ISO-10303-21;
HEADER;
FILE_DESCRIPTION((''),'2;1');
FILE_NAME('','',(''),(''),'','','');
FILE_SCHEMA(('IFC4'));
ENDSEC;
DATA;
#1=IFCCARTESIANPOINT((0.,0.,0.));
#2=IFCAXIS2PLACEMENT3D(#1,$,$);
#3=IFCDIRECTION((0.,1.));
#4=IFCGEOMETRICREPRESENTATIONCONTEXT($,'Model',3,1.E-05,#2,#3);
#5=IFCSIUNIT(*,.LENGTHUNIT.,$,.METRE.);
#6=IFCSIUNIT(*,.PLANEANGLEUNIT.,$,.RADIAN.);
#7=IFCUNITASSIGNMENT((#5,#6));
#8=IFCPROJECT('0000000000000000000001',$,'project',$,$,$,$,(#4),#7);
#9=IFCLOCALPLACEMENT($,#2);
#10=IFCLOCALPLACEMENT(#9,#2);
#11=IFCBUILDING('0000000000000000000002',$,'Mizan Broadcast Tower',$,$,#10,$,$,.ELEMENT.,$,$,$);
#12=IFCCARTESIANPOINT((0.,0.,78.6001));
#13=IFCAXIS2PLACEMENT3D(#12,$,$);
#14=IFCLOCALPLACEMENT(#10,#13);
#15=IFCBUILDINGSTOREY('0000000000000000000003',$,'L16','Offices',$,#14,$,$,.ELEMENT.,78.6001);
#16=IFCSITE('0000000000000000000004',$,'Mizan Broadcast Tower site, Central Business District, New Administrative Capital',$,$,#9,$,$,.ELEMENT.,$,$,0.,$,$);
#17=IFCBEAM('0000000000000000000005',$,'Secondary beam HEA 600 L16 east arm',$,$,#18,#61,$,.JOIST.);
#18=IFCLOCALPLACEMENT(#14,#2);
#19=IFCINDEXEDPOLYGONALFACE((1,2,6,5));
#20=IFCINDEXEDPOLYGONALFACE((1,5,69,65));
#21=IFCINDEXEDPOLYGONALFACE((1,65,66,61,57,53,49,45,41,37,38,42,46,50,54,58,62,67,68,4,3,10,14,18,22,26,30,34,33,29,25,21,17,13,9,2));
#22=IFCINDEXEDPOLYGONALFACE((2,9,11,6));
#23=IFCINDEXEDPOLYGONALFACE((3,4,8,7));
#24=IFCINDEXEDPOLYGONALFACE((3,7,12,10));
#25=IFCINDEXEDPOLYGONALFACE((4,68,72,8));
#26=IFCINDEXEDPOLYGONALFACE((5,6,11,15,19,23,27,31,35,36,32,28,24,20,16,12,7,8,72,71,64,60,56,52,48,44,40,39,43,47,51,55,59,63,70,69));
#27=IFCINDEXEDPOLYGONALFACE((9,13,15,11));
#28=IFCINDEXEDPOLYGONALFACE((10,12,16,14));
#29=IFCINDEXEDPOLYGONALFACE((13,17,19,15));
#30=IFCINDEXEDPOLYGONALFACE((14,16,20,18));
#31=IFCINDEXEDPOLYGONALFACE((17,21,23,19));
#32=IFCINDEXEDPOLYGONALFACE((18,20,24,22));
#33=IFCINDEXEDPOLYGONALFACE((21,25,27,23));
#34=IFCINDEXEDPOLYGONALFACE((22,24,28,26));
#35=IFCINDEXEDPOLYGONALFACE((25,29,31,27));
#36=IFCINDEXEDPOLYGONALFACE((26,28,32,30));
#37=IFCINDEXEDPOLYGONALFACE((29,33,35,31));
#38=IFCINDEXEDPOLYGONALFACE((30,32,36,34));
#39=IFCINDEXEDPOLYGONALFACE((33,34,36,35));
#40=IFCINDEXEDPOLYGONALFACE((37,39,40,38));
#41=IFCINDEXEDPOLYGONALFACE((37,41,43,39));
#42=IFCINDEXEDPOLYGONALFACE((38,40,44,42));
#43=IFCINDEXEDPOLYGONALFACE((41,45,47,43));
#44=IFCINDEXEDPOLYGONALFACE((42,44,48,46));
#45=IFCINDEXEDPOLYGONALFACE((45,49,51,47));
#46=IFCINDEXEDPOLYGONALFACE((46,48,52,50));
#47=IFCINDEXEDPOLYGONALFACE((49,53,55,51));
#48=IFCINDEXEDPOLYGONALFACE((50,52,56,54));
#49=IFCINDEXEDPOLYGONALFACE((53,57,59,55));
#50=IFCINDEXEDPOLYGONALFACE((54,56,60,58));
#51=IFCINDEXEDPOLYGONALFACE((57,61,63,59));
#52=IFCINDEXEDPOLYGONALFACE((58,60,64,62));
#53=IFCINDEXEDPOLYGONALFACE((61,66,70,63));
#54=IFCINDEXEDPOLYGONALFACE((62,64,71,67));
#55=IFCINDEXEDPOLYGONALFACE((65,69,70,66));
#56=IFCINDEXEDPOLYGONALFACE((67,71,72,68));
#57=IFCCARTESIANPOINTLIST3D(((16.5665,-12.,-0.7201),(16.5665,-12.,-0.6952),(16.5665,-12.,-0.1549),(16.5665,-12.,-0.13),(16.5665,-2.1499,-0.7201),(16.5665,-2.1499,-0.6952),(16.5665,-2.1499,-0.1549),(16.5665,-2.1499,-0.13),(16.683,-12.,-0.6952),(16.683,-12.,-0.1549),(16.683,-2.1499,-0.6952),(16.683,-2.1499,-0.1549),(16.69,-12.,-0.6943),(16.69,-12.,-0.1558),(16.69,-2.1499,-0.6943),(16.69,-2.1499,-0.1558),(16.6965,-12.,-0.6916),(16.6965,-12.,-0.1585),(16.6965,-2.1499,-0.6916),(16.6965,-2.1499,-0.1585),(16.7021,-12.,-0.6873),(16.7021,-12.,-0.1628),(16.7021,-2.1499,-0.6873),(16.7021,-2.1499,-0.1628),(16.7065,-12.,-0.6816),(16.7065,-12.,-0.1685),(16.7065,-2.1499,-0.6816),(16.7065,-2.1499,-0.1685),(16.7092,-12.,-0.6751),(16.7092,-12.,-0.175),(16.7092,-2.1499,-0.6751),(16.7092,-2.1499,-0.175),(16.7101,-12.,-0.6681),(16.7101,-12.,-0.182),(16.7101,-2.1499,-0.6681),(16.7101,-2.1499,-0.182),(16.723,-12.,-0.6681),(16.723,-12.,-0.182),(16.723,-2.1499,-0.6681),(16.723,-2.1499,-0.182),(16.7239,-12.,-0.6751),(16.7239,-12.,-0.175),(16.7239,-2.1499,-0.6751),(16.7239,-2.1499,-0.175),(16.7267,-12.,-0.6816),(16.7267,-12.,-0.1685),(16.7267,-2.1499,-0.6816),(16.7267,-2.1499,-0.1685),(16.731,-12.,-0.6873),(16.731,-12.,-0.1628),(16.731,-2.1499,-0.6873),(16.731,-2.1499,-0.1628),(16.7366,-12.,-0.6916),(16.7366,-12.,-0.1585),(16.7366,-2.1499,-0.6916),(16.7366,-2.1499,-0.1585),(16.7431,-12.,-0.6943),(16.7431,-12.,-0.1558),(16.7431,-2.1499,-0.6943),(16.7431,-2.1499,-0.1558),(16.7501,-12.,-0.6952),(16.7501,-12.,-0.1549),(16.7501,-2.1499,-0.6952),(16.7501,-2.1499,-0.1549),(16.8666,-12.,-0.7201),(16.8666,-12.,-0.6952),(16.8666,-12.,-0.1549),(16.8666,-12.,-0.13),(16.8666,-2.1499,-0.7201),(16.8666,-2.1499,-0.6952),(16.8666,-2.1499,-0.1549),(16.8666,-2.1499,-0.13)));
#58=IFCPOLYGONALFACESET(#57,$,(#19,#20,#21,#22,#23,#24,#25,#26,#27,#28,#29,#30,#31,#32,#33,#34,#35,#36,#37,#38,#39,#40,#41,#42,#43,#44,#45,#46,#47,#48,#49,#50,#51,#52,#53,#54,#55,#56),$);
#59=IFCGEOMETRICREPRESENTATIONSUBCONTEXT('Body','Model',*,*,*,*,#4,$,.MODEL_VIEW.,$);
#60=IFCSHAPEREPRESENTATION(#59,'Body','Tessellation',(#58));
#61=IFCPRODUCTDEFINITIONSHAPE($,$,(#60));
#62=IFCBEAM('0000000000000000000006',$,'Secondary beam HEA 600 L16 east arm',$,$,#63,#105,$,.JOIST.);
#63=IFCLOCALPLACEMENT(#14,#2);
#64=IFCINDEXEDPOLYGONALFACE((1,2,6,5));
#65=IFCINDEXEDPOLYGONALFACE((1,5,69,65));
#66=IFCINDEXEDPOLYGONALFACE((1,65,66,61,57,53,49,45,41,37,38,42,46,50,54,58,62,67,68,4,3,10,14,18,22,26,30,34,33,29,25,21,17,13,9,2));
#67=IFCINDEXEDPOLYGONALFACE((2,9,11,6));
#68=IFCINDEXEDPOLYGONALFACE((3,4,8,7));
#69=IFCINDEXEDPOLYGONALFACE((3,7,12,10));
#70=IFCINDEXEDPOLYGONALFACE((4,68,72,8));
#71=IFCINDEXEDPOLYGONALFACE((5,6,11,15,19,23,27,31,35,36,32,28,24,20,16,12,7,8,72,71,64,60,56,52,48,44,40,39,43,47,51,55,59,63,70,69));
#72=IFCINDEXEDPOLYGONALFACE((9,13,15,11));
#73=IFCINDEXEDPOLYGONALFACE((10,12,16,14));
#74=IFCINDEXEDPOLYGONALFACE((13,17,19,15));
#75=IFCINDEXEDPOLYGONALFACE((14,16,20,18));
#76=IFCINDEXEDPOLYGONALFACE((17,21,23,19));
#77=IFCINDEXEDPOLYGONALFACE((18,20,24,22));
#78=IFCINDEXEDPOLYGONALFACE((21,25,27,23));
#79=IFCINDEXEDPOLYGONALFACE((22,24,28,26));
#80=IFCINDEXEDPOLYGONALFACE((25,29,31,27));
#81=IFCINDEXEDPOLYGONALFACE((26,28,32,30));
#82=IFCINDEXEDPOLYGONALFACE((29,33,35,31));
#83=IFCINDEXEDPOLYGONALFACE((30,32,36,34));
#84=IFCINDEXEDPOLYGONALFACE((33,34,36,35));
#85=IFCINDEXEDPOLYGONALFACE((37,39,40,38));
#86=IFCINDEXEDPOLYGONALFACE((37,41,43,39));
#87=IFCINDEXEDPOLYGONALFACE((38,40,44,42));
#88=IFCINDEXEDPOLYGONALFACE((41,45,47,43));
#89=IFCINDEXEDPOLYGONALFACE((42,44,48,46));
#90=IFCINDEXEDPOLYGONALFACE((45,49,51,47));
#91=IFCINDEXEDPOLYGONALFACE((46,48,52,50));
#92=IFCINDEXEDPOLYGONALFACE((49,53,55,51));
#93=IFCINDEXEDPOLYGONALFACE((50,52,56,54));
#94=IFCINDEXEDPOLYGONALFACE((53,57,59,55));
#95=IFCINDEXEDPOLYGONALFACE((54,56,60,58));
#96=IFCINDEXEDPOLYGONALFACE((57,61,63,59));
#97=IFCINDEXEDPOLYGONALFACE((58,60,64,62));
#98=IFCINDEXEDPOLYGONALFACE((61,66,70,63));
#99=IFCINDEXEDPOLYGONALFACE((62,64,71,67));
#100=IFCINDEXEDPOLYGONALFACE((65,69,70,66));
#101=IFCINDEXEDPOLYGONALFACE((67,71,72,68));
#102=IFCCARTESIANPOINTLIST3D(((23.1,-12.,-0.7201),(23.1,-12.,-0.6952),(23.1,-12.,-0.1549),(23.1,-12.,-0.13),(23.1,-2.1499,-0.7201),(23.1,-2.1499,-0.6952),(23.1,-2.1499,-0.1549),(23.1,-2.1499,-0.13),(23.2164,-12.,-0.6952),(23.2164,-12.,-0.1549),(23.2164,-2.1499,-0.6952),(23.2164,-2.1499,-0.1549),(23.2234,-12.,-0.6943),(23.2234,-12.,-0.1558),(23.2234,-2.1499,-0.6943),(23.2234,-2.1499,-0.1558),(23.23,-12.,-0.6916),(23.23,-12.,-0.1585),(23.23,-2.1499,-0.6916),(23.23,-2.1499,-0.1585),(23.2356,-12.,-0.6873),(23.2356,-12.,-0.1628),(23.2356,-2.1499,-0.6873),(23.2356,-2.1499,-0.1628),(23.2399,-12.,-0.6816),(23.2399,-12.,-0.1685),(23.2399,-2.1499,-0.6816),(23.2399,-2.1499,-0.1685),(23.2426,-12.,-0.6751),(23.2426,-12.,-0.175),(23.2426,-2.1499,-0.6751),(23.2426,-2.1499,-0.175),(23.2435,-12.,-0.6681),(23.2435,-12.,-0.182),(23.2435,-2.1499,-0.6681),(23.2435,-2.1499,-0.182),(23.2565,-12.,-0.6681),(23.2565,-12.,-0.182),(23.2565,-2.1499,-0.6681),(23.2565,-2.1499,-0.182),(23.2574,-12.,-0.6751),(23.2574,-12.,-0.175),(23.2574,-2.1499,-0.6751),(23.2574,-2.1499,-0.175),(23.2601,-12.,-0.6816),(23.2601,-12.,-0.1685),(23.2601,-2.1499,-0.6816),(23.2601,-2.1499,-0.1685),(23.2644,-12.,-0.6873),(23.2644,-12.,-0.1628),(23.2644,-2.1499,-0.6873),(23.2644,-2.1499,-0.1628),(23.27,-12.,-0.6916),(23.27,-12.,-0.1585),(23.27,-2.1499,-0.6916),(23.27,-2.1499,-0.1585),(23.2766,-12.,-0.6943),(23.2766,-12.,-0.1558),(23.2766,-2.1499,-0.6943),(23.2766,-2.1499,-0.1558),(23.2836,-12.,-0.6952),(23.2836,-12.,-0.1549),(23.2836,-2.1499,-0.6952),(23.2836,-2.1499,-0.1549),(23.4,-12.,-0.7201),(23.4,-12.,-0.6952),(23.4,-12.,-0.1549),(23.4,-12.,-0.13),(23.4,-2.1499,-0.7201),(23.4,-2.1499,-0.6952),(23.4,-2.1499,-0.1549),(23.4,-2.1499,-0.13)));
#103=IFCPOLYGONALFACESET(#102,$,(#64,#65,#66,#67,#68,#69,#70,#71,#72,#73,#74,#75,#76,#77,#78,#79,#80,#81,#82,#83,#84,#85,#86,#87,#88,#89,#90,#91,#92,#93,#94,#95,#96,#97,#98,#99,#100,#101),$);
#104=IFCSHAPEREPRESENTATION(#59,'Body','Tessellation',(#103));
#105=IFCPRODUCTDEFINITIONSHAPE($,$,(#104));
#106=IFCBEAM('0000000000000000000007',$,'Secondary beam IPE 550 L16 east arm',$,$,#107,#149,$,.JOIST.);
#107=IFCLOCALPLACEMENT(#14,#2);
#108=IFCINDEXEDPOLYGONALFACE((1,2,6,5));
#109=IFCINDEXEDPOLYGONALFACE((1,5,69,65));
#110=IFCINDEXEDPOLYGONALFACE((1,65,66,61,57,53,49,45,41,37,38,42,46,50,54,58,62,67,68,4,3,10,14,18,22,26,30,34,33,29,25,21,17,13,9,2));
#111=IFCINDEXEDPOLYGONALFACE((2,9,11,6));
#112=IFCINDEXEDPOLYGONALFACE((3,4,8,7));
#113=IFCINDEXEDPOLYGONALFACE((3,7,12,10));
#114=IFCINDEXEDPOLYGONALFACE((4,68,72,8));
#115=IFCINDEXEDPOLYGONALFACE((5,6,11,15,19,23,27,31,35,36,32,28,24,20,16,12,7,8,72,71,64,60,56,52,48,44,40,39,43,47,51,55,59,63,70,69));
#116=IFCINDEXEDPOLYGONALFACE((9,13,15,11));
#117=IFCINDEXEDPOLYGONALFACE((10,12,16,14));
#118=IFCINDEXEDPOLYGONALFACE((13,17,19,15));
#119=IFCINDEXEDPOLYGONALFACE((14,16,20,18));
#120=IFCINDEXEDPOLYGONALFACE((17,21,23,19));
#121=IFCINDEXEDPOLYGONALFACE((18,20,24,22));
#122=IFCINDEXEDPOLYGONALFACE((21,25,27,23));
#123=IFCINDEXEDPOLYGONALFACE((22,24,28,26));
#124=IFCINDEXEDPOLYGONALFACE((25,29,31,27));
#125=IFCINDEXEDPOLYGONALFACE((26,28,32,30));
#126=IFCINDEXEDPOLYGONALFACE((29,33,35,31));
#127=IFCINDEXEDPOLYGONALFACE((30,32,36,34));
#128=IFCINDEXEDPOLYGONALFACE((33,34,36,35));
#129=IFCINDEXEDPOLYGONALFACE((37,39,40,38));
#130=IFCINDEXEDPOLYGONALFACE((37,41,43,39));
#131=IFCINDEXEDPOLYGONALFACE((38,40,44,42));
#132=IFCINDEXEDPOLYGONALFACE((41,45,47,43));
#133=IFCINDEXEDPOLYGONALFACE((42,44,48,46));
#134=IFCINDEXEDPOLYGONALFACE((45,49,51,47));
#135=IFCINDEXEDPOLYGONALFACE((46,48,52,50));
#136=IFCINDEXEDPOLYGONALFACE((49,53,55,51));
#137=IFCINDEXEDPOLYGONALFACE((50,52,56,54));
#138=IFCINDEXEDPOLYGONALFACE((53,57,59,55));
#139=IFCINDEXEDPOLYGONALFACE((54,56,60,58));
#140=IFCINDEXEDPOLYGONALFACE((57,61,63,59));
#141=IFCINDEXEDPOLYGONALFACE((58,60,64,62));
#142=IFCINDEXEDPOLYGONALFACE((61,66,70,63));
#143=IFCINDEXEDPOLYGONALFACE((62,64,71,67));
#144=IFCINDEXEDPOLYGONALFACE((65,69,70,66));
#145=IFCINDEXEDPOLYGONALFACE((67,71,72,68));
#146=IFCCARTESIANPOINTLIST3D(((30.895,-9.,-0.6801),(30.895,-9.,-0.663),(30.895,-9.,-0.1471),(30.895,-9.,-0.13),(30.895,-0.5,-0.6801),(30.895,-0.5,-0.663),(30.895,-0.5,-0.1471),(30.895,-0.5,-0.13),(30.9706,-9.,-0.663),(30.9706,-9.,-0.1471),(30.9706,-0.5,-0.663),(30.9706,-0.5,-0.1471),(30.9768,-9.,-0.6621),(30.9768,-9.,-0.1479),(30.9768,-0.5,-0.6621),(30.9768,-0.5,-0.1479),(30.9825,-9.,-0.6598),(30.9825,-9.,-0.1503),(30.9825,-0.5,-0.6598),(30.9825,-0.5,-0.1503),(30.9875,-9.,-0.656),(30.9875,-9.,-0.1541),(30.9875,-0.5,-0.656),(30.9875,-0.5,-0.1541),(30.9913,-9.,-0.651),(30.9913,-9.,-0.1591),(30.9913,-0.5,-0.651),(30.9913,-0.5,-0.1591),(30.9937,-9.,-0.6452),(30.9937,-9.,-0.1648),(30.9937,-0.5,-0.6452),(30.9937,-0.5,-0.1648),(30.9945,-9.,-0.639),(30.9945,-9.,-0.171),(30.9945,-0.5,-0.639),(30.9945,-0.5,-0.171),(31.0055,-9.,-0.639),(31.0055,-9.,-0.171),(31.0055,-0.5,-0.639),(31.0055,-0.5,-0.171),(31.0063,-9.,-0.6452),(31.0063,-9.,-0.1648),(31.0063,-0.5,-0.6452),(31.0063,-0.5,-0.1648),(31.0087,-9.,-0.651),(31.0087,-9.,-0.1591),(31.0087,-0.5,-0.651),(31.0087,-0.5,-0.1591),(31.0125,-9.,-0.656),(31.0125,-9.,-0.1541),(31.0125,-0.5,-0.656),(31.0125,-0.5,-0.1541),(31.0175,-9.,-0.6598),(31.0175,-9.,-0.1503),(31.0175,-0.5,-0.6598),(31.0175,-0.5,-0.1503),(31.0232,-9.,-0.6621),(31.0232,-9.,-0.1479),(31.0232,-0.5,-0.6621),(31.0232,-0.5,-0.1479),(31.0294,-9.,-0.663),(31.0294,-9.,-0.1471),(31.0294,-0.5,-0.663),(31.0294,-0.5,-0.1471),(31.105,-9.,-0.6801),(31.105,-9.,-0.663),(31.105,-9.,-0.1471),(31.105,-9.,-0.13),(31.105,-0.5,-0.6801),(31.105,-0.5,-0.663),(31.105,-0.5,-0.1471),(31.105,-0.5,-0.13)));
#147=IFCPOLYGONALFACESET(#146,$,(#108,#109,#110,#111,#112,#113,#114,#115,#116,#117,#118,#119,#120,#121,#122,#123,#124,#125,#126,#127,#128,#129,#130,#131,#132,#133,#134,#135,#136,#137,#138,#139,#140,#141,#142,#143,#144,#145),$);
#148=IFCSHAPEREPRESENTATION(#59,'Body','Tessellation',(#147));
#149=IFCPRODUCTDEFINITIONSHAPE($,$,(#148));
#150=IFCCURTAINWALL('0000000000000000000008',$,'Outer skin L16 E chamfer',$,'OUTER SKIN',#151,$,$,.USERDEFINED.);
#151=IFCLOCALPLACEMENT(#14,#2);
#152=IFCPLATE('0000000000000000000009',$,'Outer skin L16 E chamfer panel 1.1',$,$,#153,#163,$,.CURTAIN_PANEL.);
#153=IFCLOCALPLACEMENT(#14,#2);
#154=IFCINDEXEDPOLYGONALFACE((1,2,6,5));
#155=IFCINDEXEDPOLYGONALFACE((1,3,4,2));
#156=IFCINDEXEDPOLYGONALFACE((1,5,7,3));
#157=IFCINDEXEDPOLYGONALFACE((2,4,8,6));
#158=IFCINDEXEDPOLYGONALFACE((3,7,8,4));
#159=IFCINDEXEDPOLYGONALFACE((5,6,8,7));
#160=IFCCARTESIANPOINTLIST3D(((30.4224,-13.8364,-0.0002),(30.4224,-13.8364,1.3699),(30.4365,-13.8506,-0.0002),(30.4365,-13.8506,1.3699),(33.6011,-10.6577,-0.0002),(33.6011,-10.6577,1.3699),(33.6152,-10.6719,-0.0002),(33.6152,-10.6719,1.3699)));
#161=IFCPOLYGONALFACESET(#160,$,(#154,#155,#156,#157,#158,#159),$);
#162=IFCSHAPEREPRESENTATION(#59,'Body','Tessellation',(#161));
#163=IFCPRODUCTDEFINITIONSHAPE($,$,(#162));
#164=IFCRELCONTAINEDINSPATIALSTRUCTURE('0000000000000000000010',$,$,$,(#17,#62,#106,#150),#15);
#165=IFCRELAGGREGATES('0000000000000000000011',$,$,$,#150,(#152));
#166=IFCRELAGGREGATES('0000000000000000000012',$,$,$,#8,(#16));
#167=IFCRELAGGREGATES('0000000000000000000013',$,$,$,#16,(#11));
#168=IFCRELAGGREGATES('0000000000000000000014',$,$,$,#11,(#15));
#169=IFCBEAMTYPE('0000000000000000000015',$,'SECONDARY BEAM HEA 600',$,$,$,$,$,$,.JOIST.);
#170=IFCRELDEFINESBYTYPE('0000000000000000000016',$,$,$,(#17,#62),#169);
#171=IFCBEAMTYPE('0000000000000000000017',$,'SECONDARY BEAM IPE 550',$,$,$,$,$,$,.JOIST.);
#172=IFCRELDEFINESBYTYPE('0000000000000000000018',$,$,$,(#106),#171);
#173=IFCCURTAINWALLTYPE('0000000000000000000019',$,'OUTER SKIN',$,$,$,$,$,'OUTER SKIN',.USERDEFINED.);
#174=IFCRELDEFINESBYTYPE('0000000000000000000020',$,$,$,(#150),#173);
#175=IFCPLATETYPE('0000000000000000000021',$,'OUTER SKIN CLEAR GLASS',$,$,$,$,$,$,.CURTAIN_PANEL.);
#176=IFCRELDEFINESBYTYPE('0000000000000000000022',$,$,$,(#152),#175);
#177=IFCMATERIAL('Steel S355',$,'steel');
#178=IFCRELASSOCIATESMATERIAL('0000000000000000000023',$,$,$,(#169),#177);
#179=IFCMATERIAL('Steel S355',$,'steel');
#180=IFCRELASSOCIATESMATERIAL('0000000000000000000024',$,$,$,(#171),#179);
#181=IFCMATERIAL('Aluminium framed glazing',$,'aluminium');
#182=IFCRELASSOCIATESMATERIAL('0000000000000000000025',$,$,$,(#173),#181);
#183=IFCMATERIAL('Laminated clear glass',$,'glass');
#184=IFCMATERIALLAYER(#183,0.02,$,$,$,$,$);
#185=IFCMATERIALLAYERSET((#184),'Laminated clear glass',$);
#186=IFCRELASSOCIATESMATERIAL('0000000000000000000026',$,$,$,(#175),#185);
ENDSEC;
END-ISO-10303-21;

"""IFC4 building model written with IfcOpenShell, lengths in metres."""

from ifc_helpers import new_model, si_unit, direction, frame, origin, origin_2d, place, context, subcontext, project, spatial, rectangle, i_section, extrude, material, layer, layer_set, material_profile, profile_set, type_object, element, aggregate, save


model = new_model("IFC4")

# Units and contexts
model_context = context("Model", 3, precision=1e-05, world=origin(), true_north=direction((0.0, 1.0)))
body_context = subcontext(model_context, "Body", "Model", "MODEL_VIEW")
ifc_project = project(units=[si_unit("LENGTHUNIT", "METRE"), si_unit("PLANEANGLEUNIT", "RADIAN")], contexts=[model_context])

# Site, building, storey
site_placement = place(None, origin())
site = spatial("IfcSite", under=ifc_project, at=site_placement, Name="Mizan Broadcast Tower site, Central Business District, New Administrative Capital", CompositionType="ELEMENT", RefElevation=0.0)
building_placement = place(site_placement, origin())
building = spatial("IfcBuilding", under=site, at=building_placement, Name="Mizan Broadcast Tower", CompositionType="ELEMENT")
storey_placement = place(building_placement, frame((0.0, 0.0, 78.6001)))
storey = spatial("IfcBuildingStorey", under=building, at=storey_placement, Name="L16", Description="Offices", CompositionType="ELEMENT", Elevation=78.6001)

# Beams
ifc_material_1 = material(Name="Steel S355", Category="steel")
ifc_material_profile_1 = material_profile(ifc_material_1, i_section(OverallWidth=0.3, OverallDepth=0.5901, WebThickness=0.0129, FlangeThickness=0.0249, FilletRadius=0.0271, at=origin_2d()), Name="HEA 600")
ifc_profile_set_1 = profile_set([ifc_material_profile_1], Name="Steel S355")
beam_type_1 = type_object("IfcBeamType", Name="SECONDARY BEAM HEA 600", PredefinedType="JOIST", material=ifc_profile_set_1)
for number, where, z_axis, x_axis, name in (
    (1, (16.7166, -12.0, -0.425), (0.0, 1.0, 0.0), (-1.0, 0.0, 0.0), "Secondary beam HEA 600 L16 east arm"),
    (2, (23.25, -12.0, -0.425), (0.0, 1.0, 0.0), (-1.0, 0.0, 0.0), "Secondary beam HEA 600 L16 east arm"),
):
    element("IfcBeam", number, at=place(storey_placement, frame(where, z_axis=z_axis, x_axis=x_axis)), inside=storey, type_object=beam_type_1, Name=name, PredefinedType="JOIST", context=body_context, shape_type="SweptSolid", body=[
        extrude(i_section(OverallWidth=0.3, OverallDepth=0.5901, WebThickness=0.0129, FlangeThickness=0.0249, FilletRadius=0.0271, at=origin_2d()), origin(), (0.0, 0.0, 1.0), 9.8501),
    ])
ifc_material_2 = material(Name="Steel S355", Category="steel")
ifc_material_profile_2 = material_profile(ifc_material_2, i_section(OverallWidth=0.21, OverallDepth=0.55, WebThickness=0.011, FlangeThickness=0.0171, FilletRadius=0.0239, at=origin_2d()), Name="IPE 550")
ifc_profile_set_2 = profile_set([ifc_material_profile_2], Name="Steel S355")
beam_type_2 = type_object("IfcBeamType", Name="SECONDARY BEAM IPE 550", PredefinedType="JOIST", material=ifc_profile_set_2)
beam_1_placement = place(storey_placement, frame((31.0, -9.0, -0.405), z_axis=(0.0, 1.0, 0.0), x_axis=(-1.0, 0.0, 0.0)))
element("IfcBeam", 3, at=beam_1_placement, inside=storey, type_object=beam_type_2, Name="Secondary beam IPE 550 L16 east arm", PredefinedType="JOIST", context=body_context, shape_type="SweptSolid", body=[
    extrude(i_section(OverallWidth=0.21, OverallDepth=0.55, WebThickness=0.011, FlangeThickness=0.0171, FilletRadius=0.0239, at=origin_2d()), origin(), (0.0, 0.0, 1.0), 8.5),
])

# Curtain wall, plate
ifc_material_3 = material(Name="Aluminium framed glazing", Category="aluminium")
curtain_wall_type = type_object("IfcCurtainWallType", Name="OUTER SKIN", ElementType="OUTER SKIN", PredefinedType="USERDEFINED", material=ifc_material_3)
curtain_wall_placement = place(storey_placement, origin())
curtain_wall = element("IfcCurtainWall", 4, at=curtain_wall_placement, inside=storey, type_object=curtain_wall_type, Name="Outer skin L16 E chamfer", ObjectType="OUTER SKIN", PredefinedType="USERDEFINED")
ifc_material_4 = material(Name="Laminated clear glass", Category="glass")
ifc_layer_1 = layer(ifc_material_4, 0.02)
ifc_layer_set_1 = layer_set([ifc_layer_1], Name="Laminated clear glass")
plate_type = type_object("IfcPlateType", Name="OUTER SKIN CLEAR GLASS", PredefinedType="CURTAIN_PANEL", material=ifc_layer_set_1)
plate_placement = place(storey_placement, frame((32.0188, -12.2542, -0.0002), z_axis=(0.0, 0.0, 1.0), x_axis=(0.707107, 0.707107, 0.0)))
plate = element("IfcPlate", 5, at=plate_placement, type_object=plate_type, Name="Outer skin L16 E chamfer panel 1.1", PredefinedType="CURTAIN_PANEL", context=body_context, shape_type="SweptSolid", body=[
    extrude(rectangle(XDim=4.4954, YDim=0.02, at=origin_2d()), origin(), (0.0, 0.0, 1.0), 1.3701),
])
aggregate(curtain_wall, [plate])

save(model, "model.ifc")
